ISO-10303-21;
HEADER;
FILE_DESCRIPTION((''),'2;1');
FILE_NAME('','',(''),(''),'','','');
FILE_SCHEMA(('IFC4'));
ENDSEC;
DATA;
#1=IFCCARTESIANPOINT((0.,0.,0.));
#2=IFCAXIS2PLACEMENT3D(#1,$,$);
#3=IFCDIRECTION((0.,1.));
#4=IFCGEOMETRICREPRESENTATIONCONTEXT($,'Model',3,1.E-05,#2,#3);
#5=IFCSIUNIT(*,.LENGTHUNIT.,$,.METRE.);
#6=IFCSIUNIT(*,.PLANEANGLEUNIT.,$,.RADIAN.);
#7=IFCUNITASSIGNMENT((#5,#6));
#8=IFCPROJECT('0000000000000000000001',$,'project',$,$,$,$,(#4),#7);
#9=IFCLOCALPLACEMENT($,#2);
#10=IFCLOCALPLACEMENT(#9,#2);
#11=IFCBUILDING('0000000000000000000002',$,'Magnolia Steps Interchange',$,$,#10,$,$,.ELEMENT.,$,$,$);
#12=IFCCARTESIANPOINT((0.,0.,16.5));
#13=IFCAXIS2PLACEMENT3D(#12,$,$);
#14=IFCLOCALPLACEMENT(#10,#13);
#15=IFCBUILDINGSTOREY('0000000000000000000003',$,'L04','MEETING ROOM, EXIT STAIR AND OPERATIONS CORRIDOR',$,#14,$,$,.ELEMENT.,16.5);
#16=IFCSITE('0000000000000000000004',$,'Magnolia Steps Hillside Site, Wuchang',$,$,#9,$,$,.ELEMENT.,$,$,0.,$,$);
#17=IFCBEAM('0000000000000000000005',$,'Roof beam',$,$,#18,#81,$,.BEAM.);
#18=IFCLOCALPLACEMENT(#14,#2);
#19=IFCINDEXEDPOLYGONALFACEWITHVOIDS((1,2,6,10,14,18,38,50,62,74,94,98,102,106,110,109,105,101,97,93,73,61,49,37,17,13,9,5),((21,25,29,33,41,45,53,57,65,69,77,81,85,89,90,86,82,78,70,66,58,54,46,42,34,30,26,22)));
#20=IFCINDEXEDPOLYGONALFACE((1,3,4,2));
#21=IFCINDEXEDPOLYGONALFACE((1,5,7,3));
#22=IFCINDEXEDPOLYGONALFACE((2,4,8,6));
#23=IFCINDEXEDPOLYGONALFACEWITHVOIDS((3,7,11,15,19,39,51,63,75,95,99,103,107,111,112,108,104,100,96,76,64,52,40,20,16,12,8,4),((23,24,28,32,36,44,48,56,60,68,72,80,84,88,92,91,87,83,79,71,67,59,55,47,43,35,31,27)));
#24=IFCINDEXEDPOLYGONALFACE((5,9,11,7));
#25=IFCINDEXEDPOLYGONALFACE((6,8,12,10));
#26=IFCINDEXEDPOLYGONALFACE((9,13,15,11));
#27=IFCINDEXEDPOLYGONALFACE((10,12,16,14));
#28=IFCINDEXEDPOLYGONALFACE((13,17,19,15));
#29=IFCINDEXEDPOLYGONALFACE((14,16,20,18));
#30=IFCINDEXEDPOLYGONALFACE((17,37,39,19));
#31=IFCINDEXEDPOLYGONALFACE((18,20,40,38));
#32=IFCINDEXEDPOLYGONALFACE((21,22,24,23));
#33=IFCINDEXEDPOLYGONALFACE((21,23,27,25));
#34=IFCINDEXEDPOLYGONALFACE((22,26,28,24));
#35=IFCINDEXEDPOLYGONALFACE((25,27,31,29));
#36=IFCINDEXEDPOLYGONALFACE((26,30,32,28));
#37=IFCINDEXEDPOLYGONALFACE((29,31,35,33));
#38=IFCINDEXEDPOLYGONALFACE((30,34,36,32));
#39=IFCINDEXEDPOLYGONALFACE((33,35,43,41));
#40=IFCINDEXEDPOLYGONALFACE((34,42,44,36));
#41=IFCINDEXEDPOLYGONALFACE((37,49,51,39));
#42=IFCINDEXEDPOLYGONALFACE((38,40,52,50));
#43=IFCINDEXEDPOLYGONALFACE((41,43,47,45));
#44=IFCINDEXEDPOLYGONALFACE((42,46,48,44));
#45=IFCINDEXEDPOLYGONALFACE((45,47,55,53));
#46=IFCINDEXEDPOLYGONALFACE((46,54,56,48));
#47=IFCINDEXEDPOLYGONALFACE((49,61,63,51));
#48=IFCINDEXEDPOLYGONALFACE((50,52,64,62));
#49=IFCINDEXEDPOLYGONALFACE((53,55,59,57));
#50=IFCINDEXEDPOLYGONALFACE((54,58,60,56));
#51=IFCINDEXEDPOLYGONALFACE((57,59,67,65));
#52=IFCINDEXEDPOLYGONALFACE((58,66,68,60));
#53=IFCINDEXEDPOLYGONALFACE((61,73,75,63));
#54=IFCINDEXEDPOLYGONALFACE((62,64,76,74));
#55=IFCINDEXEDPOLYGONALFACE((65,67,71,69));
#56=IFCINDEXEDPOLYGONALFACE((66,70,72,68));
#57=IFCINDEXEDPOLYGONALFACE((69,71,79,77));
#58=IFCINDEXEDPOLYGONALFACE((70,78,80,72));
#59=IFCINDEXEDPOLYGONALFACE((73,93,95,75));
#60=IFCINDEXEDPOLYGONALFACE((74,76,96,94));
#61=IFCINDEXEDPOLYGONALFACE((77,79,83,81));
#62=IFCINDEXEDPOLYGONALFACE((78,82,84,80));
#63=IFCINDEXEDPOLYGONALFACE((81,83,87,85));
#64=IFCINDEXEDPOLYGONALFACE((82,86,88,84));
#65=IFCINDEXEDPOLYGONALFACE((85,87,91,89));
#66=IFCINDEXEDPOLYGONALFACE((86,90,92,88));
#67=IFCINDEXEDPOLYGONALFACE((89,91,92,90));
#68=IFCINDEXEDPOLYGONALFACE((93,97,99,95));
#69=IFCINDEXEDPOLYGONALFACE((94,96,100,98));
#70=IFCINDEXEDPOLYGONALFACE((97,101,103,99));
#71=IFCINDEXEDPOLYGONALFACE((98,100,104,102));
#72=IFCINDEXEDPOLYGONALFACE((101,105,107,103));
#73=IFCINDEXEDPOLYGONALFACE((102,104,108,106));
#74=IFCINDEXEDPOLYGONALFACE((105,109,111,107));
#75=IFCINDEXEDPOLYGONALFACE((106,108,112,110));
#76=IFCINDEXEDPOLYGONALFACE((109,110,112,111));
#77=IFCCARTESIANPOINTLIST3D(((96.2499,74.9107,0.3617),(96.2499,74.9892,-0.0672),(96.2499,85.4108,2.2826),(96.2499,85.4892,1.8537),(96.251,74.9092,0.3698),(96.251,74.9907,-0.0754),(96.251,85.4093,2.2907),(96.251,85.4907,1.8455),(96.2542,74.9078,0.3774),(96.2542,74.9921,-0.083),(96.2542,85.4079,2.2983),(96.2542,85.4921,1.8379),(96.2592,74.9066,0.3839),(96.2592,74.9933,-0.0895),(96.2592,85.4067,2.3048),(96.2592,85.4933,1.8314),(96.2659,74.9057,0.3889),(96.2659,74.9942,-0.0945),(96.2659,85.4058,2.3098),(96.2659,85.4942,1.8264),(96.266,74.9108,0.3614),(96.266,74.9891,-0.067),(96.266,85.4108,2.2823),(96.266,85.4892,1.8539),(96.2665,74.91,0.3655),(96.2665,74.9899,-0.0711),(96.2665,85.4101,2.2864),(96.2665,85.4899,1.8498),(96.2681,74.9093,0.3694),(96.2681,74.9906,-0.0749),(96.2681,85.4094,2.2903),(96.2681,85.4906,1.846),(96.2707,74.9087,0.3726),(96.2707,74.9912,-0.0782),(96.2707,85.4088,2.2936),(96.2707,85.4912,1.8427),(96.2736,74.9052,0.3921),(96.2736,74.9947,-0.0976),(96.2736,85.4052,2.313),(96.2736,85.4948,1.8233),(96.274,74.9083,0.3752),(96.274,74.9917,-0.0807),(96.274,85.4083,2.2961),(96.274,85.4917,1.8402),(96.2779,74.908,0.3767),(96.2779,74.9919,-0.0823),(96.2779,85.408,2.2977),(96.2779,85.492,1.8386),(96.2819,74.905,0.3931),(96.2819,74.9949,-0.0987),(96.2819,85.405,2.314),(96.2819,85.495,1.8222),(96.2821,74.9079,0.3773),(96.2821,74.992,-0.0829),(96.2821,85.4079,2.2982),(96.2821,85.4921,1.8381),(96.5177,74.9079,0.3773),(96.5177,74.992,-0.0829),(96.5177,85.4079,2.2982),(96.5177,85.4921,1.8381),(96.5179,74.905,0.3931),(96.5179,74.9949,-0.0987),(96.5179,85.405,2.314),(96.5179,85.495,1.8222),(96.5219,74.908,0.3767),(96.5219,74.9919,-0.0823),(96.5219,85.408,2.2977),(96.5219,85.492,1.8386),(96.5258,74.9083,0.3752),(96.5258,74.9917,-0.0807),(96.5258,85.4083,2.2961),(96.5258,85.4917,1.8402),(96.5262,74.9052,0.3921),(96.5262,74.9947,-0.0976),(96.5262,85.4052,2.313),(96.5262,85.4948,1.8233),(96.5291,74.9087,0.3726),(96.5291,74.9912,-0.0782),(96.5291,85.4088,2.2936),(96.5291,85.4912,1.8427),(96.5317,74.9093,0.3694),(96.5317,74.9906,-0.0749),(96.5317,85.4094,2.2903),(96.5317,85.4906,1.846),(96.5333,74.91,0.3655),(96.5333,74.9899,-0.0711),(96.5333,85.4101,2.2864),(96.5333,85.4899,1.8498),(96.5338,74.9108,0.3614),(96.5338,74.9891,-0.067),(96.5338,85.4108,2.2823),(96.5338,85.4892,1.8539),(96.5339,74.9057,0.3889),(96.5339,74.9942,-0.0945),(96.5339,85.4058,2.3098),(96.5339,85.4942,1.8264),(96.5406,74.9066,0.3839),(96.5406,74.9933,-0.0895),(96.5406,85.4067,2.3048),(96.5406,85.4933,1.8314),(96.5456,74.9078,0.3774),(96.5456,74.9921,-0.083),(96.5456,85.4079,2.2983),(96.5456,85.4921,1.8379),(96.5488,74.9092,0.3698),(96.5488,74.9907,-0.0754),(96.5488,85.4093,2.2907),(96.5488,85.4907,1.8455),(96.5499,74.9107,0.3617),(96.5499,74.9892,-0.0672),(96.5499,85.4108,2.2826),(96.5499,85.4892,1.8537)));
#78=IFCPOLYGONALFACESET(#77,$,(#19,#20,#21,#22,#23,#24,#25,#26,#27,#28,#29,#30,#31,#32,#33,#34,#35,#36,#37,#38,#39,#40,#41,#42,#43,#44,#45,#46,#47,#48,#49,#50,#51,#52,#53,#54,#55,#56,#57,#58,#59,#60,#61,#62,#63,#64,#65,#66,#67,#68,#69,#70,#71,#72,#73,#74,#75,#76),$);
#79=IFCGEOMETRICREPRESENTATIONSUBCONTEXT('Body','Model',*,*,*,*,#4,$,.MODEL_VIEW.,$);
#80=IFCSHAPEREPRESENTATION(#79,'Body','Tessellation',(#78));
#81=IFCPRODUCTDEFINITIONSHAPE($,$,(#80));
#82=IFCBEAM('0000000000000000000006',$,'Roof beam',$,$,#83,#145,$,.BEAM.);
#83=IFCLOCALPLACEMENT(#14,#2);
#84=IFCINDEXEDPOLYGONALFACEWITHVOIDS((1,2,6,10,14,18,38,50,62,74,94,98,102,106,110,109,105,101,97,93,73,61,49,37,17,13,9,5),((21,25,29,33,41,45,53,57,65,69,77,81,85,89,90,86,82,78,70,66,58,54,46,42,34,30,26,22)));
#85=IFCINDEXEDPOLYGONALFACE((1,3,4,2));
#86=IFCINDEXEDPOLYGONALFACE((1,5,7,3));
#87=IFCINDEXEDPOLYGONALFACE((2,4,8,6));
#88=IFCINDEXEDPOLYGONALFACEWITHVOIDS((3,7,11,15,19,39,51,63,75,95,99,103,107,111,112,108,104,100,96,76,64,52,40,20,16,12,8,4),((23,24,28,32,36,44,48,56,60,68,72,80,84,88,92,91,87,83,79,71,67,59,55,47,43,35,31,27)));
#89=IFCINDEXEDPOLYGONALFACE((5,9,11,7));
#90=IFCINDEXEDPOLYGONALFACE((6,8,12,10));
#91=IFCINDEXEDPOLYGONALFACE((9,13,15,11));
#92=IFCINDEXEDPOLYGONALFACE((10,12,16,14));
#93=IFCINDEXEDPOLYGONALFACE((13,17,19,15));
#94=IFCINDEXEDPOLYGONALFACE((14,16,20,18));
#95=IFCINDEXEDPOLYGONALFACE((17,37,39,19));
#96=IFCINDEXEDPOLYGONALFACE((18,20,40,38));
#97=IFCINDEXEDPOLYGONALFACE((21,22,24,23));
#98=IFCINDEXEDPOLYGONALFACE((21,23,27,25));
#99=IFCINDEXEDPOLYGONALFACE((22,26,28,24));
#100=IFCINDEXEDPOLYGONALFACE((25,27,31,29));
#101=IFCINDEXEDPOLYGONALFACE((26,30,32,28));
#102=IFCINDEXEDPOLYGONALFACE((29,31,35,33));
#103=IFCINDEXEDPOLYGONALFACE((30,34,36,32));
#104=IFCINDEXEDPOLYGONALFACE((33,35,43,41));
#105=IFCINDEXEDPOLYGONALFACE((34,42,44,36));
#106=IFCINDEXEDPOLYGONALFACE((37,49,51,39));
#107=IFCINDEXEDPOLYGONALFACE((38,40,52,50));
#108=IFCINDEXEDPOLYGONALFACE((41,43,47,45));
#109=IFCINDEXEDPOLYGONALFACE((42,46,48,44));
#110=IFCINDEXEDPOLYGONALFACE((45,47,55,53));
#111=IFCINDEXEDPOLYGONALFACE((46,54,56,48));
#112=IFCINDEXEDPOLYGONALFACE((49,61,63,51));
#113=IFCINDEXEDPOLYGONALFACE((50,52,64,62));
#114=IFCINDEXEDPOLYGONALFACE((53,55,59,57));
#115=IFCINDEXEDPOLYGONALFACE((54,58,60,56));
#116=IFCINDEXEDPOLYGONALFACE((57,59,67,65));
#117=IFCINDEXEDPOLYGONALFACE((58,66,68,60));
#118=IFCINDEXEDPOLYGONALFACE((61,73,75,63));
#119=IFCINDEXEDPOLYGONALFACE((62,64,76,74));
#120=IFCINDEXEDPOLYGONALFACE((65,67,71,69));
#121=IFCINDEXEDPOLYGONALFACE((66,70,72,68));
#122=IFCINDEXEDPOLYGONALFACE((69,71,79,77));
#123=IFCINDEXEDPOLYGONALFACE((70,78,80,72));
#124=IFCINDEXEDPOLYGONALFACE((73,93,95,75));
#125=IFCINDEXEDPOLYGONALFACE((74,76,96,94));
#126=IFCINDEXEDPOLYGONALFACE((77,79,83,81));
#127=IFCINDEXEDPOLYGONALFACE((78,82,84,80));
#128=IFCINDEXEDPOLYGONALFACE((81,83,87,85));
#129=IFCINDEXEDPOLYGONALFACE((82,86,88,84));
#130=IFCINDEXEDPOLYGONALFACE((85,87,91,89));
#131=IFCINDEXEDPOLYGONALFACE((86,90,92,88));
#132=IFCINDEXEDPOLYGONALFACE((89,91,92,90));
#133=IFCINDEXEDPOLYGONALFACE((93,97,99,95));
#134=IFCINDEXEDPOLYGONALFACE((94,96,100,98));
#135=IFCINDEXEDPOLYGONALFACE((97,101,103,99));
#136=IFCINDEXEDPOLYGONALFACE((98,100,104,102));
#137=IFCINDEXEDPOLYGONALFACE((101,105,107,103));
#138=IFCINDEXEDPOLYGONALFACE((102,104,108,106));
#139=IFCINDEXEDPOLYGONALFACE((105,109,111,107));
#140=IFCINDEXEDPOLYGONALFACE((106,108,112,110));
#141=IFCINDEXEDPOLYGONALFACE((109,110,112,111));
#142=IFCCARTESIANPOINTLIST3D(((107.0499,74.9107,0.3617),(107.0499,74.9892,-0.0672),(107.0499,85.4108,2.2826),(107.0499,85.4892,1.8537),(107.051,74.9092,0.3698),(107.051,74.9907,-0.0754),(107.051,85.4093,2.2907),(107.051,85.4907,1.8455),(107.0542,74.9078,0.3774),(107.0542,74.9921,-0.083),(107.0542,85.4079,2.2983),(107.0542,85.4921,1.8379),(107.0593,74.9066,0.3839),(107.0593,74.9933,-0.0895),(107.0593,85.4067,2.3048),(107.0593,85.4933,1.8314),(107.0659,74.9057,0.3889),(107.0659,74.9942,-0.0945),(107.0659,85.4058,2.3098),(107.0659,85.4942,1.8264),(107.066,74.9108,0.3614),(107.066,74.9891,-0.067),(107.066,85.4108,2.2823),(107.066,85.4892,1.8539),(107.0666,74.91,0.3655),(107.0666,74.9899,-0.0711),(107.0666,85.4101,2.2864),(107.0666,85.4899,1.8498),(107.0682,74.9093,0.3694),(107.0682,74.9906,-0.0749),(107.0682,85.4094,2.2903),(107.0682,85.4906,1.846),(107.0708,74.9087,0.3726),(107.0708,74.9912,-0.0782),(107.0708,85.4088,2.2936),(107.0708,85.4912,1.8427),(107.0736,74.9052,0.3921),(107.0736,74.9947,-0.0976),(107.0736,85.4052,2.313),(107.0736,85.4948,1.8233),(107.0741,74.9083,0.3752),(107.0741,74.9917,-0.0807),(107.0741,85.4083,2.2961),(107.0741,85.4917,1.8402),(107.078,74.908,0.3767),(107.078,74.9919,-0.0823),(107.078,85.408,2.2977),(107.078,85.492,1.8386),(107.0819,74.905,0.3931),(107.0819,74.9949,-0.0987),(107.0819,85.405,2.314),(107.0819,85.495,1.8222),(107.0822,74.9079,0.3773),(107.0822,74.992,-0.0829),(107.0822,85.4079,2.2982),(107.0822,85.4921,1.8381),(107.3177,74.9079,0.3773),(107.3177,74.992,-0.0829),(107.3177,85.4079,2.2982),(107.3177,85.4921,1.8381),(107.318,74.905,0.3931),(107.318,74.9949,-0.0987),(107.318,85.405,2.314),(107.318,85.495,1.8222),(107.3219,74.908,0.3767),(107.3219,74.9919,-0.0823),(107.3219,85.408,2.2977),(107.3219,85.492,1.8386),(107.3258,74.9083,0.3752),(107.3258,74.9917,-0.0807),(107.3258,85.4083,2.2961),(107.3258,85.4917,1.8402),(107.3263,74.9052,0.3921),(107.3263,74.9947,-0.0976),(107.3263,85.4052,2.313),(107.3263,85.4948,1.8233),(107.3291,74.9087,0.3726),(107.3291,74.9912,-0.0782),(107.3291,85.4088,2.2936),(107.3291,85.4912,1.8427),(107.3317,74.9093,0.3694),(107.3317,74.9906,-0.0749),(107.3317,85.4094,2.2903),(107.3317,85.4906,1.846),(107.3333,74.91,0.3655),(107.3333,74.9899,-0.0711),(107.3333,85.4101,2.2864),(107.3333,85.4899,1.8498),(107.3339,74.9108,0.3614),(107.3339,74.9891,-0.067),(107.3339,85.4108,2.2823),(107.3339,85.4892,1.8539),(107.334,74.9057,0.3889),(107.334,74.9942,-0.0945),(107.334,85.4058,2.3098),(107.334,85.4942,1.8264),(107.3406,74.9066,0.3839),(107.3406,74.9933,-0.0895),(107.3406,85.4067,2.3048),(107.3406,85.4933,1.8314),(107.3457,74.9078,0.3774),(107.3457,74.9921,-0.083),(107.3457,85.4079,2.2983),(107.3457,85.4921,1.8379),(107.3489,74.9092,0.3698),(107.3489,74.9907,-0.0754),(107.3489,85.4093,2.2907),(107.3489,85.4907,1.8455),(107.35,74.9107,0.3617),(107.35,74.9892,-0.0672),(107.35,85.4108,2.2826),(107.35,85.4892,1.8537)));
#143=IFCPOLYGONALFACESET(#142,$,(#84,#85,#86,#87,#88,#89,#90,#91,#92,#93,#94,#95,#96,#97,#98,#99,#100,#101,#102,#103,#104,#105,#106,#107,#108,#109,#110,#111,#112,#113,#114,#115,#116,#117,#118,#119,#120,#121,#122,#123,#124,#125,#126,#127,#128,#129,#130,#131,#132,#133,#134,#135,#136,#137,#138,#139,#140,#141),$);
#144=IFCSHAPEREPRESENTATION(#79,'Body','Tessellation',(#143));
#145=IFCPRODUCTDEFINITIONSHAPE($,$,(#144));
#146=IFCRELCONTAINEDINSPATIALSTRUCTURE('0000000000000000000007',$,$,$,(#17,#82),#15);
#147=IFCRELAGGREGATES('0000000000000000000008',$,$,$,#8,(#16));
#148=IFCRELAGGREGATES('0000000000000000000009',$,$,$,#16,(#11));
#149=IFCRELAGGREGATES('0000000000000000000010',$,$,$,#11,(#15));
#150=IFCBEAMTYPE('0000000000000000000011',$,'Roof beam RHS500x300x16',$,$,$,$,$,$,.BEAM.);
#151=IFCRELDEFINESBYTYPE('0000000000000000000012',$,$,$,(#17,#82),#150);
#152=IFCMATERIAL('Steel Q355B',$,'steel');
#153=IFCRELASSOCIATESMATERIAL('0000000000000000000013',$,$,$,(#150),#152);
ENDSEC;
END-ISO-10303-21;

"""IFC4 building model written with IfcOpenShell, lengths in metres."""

from ifc_helpers import new_model, si_unit, direction, frame, origin, origin_2d, place, context, subcontext, project, spatial, hollow_rectangle, extrude, material, material_profile, profile_set, type_object, element, save


model = new_model("IFC4")

# Units and contexts
model_context = context("Model", 3, precision=1e-05, world=origin(), true_north=direction((0.0, 1.0)))
body_context = subcontext(model_context, "Body", "Model", "MODEL_VIEW")
ifc_project = project(units=[si_unit("LENGTHUNIT", "METRE"), si_unit("PLANEANGLEUNIT", "RADIAN")], contexts=[model_context])

# Site, building, storey
site_placement = place(None, origin())
site = spatial("IfcSite", under=ifc_project, at=site_placement, Name="Magnolia Steps Hillside Site, Wuchang", CompositionType="ELEMENT", RefElevation=0.0)
building_placement = place(site_placement, origin())
building = spatial("IfcBuilding", under=site, at=building_placement, Name="Magnolia Steps Interchange", CompositionType="ELEMENT")
storey_placement = place(building_placement, frame((0.0, 0.0, 16.5)))
storey = spatial("IfcBuildingStorey", under=building, at=storey_placement, Name="L04", Description="MEETING ROOM, EXIT STAIR AND OPERATIONS CORRIDOR", CompositionType="ELEMENT", Elevation=16.5)

# Beams
ifc_material_1 = material(Name="Steel Q355B", Category="steel")
ifc_material_profile_1 = material_profile(ifc_material_1, hollow_rectangle(XDim=0.3, YDim=0.5, WallThickness=0.0161, InnerFilletRadius=0.0161, OuterFilletRadius=0.032, at=origin_2d()), Name="RHS500x300x16")
ifc_profile_set_1 = profile_set([ifc_material_profile_1], Name="Steel Q355B")
beam_type_1 = type_object("IfcBeamType", Name="Roof beam RHS500x300x16", PredefinedType="BEAM", material=ifc_profile_set_1)
for number, where, z_axis, x_axis, name in (
    (1, (96.3999, 74.95, 0.1472), (0.0, 0.983675, 0.179956), (-1.0, 0.0, 0.0), "Roof beam"),
    (2, (107.2, 74.95, 0.1472), (0.0, 0.983675, 0.179956), (-1.0, 0.0, 0.0), "Roof beam"),
):
    element("IfcBeam", number, at=place(storey_placement, frame(where, z_axis=z_axis, x_axis=x_axis)), inside=storey, type_object=beam_type_1, Name=name, PredefinedType="BEAM", context=body_context, shape_type="SweptSolid", body=[
        extrude(hollow_rectangle(XDim=0.3, YDim=0.5, WallThickness=0.0161, InnerFilletRadius=0.0161, OuterFilletRadius=0.032, at=origin_2d()), origin(), (0.0, 0.0, 1.0), 10.6743),
    ])

save(model, "model.ifc")
